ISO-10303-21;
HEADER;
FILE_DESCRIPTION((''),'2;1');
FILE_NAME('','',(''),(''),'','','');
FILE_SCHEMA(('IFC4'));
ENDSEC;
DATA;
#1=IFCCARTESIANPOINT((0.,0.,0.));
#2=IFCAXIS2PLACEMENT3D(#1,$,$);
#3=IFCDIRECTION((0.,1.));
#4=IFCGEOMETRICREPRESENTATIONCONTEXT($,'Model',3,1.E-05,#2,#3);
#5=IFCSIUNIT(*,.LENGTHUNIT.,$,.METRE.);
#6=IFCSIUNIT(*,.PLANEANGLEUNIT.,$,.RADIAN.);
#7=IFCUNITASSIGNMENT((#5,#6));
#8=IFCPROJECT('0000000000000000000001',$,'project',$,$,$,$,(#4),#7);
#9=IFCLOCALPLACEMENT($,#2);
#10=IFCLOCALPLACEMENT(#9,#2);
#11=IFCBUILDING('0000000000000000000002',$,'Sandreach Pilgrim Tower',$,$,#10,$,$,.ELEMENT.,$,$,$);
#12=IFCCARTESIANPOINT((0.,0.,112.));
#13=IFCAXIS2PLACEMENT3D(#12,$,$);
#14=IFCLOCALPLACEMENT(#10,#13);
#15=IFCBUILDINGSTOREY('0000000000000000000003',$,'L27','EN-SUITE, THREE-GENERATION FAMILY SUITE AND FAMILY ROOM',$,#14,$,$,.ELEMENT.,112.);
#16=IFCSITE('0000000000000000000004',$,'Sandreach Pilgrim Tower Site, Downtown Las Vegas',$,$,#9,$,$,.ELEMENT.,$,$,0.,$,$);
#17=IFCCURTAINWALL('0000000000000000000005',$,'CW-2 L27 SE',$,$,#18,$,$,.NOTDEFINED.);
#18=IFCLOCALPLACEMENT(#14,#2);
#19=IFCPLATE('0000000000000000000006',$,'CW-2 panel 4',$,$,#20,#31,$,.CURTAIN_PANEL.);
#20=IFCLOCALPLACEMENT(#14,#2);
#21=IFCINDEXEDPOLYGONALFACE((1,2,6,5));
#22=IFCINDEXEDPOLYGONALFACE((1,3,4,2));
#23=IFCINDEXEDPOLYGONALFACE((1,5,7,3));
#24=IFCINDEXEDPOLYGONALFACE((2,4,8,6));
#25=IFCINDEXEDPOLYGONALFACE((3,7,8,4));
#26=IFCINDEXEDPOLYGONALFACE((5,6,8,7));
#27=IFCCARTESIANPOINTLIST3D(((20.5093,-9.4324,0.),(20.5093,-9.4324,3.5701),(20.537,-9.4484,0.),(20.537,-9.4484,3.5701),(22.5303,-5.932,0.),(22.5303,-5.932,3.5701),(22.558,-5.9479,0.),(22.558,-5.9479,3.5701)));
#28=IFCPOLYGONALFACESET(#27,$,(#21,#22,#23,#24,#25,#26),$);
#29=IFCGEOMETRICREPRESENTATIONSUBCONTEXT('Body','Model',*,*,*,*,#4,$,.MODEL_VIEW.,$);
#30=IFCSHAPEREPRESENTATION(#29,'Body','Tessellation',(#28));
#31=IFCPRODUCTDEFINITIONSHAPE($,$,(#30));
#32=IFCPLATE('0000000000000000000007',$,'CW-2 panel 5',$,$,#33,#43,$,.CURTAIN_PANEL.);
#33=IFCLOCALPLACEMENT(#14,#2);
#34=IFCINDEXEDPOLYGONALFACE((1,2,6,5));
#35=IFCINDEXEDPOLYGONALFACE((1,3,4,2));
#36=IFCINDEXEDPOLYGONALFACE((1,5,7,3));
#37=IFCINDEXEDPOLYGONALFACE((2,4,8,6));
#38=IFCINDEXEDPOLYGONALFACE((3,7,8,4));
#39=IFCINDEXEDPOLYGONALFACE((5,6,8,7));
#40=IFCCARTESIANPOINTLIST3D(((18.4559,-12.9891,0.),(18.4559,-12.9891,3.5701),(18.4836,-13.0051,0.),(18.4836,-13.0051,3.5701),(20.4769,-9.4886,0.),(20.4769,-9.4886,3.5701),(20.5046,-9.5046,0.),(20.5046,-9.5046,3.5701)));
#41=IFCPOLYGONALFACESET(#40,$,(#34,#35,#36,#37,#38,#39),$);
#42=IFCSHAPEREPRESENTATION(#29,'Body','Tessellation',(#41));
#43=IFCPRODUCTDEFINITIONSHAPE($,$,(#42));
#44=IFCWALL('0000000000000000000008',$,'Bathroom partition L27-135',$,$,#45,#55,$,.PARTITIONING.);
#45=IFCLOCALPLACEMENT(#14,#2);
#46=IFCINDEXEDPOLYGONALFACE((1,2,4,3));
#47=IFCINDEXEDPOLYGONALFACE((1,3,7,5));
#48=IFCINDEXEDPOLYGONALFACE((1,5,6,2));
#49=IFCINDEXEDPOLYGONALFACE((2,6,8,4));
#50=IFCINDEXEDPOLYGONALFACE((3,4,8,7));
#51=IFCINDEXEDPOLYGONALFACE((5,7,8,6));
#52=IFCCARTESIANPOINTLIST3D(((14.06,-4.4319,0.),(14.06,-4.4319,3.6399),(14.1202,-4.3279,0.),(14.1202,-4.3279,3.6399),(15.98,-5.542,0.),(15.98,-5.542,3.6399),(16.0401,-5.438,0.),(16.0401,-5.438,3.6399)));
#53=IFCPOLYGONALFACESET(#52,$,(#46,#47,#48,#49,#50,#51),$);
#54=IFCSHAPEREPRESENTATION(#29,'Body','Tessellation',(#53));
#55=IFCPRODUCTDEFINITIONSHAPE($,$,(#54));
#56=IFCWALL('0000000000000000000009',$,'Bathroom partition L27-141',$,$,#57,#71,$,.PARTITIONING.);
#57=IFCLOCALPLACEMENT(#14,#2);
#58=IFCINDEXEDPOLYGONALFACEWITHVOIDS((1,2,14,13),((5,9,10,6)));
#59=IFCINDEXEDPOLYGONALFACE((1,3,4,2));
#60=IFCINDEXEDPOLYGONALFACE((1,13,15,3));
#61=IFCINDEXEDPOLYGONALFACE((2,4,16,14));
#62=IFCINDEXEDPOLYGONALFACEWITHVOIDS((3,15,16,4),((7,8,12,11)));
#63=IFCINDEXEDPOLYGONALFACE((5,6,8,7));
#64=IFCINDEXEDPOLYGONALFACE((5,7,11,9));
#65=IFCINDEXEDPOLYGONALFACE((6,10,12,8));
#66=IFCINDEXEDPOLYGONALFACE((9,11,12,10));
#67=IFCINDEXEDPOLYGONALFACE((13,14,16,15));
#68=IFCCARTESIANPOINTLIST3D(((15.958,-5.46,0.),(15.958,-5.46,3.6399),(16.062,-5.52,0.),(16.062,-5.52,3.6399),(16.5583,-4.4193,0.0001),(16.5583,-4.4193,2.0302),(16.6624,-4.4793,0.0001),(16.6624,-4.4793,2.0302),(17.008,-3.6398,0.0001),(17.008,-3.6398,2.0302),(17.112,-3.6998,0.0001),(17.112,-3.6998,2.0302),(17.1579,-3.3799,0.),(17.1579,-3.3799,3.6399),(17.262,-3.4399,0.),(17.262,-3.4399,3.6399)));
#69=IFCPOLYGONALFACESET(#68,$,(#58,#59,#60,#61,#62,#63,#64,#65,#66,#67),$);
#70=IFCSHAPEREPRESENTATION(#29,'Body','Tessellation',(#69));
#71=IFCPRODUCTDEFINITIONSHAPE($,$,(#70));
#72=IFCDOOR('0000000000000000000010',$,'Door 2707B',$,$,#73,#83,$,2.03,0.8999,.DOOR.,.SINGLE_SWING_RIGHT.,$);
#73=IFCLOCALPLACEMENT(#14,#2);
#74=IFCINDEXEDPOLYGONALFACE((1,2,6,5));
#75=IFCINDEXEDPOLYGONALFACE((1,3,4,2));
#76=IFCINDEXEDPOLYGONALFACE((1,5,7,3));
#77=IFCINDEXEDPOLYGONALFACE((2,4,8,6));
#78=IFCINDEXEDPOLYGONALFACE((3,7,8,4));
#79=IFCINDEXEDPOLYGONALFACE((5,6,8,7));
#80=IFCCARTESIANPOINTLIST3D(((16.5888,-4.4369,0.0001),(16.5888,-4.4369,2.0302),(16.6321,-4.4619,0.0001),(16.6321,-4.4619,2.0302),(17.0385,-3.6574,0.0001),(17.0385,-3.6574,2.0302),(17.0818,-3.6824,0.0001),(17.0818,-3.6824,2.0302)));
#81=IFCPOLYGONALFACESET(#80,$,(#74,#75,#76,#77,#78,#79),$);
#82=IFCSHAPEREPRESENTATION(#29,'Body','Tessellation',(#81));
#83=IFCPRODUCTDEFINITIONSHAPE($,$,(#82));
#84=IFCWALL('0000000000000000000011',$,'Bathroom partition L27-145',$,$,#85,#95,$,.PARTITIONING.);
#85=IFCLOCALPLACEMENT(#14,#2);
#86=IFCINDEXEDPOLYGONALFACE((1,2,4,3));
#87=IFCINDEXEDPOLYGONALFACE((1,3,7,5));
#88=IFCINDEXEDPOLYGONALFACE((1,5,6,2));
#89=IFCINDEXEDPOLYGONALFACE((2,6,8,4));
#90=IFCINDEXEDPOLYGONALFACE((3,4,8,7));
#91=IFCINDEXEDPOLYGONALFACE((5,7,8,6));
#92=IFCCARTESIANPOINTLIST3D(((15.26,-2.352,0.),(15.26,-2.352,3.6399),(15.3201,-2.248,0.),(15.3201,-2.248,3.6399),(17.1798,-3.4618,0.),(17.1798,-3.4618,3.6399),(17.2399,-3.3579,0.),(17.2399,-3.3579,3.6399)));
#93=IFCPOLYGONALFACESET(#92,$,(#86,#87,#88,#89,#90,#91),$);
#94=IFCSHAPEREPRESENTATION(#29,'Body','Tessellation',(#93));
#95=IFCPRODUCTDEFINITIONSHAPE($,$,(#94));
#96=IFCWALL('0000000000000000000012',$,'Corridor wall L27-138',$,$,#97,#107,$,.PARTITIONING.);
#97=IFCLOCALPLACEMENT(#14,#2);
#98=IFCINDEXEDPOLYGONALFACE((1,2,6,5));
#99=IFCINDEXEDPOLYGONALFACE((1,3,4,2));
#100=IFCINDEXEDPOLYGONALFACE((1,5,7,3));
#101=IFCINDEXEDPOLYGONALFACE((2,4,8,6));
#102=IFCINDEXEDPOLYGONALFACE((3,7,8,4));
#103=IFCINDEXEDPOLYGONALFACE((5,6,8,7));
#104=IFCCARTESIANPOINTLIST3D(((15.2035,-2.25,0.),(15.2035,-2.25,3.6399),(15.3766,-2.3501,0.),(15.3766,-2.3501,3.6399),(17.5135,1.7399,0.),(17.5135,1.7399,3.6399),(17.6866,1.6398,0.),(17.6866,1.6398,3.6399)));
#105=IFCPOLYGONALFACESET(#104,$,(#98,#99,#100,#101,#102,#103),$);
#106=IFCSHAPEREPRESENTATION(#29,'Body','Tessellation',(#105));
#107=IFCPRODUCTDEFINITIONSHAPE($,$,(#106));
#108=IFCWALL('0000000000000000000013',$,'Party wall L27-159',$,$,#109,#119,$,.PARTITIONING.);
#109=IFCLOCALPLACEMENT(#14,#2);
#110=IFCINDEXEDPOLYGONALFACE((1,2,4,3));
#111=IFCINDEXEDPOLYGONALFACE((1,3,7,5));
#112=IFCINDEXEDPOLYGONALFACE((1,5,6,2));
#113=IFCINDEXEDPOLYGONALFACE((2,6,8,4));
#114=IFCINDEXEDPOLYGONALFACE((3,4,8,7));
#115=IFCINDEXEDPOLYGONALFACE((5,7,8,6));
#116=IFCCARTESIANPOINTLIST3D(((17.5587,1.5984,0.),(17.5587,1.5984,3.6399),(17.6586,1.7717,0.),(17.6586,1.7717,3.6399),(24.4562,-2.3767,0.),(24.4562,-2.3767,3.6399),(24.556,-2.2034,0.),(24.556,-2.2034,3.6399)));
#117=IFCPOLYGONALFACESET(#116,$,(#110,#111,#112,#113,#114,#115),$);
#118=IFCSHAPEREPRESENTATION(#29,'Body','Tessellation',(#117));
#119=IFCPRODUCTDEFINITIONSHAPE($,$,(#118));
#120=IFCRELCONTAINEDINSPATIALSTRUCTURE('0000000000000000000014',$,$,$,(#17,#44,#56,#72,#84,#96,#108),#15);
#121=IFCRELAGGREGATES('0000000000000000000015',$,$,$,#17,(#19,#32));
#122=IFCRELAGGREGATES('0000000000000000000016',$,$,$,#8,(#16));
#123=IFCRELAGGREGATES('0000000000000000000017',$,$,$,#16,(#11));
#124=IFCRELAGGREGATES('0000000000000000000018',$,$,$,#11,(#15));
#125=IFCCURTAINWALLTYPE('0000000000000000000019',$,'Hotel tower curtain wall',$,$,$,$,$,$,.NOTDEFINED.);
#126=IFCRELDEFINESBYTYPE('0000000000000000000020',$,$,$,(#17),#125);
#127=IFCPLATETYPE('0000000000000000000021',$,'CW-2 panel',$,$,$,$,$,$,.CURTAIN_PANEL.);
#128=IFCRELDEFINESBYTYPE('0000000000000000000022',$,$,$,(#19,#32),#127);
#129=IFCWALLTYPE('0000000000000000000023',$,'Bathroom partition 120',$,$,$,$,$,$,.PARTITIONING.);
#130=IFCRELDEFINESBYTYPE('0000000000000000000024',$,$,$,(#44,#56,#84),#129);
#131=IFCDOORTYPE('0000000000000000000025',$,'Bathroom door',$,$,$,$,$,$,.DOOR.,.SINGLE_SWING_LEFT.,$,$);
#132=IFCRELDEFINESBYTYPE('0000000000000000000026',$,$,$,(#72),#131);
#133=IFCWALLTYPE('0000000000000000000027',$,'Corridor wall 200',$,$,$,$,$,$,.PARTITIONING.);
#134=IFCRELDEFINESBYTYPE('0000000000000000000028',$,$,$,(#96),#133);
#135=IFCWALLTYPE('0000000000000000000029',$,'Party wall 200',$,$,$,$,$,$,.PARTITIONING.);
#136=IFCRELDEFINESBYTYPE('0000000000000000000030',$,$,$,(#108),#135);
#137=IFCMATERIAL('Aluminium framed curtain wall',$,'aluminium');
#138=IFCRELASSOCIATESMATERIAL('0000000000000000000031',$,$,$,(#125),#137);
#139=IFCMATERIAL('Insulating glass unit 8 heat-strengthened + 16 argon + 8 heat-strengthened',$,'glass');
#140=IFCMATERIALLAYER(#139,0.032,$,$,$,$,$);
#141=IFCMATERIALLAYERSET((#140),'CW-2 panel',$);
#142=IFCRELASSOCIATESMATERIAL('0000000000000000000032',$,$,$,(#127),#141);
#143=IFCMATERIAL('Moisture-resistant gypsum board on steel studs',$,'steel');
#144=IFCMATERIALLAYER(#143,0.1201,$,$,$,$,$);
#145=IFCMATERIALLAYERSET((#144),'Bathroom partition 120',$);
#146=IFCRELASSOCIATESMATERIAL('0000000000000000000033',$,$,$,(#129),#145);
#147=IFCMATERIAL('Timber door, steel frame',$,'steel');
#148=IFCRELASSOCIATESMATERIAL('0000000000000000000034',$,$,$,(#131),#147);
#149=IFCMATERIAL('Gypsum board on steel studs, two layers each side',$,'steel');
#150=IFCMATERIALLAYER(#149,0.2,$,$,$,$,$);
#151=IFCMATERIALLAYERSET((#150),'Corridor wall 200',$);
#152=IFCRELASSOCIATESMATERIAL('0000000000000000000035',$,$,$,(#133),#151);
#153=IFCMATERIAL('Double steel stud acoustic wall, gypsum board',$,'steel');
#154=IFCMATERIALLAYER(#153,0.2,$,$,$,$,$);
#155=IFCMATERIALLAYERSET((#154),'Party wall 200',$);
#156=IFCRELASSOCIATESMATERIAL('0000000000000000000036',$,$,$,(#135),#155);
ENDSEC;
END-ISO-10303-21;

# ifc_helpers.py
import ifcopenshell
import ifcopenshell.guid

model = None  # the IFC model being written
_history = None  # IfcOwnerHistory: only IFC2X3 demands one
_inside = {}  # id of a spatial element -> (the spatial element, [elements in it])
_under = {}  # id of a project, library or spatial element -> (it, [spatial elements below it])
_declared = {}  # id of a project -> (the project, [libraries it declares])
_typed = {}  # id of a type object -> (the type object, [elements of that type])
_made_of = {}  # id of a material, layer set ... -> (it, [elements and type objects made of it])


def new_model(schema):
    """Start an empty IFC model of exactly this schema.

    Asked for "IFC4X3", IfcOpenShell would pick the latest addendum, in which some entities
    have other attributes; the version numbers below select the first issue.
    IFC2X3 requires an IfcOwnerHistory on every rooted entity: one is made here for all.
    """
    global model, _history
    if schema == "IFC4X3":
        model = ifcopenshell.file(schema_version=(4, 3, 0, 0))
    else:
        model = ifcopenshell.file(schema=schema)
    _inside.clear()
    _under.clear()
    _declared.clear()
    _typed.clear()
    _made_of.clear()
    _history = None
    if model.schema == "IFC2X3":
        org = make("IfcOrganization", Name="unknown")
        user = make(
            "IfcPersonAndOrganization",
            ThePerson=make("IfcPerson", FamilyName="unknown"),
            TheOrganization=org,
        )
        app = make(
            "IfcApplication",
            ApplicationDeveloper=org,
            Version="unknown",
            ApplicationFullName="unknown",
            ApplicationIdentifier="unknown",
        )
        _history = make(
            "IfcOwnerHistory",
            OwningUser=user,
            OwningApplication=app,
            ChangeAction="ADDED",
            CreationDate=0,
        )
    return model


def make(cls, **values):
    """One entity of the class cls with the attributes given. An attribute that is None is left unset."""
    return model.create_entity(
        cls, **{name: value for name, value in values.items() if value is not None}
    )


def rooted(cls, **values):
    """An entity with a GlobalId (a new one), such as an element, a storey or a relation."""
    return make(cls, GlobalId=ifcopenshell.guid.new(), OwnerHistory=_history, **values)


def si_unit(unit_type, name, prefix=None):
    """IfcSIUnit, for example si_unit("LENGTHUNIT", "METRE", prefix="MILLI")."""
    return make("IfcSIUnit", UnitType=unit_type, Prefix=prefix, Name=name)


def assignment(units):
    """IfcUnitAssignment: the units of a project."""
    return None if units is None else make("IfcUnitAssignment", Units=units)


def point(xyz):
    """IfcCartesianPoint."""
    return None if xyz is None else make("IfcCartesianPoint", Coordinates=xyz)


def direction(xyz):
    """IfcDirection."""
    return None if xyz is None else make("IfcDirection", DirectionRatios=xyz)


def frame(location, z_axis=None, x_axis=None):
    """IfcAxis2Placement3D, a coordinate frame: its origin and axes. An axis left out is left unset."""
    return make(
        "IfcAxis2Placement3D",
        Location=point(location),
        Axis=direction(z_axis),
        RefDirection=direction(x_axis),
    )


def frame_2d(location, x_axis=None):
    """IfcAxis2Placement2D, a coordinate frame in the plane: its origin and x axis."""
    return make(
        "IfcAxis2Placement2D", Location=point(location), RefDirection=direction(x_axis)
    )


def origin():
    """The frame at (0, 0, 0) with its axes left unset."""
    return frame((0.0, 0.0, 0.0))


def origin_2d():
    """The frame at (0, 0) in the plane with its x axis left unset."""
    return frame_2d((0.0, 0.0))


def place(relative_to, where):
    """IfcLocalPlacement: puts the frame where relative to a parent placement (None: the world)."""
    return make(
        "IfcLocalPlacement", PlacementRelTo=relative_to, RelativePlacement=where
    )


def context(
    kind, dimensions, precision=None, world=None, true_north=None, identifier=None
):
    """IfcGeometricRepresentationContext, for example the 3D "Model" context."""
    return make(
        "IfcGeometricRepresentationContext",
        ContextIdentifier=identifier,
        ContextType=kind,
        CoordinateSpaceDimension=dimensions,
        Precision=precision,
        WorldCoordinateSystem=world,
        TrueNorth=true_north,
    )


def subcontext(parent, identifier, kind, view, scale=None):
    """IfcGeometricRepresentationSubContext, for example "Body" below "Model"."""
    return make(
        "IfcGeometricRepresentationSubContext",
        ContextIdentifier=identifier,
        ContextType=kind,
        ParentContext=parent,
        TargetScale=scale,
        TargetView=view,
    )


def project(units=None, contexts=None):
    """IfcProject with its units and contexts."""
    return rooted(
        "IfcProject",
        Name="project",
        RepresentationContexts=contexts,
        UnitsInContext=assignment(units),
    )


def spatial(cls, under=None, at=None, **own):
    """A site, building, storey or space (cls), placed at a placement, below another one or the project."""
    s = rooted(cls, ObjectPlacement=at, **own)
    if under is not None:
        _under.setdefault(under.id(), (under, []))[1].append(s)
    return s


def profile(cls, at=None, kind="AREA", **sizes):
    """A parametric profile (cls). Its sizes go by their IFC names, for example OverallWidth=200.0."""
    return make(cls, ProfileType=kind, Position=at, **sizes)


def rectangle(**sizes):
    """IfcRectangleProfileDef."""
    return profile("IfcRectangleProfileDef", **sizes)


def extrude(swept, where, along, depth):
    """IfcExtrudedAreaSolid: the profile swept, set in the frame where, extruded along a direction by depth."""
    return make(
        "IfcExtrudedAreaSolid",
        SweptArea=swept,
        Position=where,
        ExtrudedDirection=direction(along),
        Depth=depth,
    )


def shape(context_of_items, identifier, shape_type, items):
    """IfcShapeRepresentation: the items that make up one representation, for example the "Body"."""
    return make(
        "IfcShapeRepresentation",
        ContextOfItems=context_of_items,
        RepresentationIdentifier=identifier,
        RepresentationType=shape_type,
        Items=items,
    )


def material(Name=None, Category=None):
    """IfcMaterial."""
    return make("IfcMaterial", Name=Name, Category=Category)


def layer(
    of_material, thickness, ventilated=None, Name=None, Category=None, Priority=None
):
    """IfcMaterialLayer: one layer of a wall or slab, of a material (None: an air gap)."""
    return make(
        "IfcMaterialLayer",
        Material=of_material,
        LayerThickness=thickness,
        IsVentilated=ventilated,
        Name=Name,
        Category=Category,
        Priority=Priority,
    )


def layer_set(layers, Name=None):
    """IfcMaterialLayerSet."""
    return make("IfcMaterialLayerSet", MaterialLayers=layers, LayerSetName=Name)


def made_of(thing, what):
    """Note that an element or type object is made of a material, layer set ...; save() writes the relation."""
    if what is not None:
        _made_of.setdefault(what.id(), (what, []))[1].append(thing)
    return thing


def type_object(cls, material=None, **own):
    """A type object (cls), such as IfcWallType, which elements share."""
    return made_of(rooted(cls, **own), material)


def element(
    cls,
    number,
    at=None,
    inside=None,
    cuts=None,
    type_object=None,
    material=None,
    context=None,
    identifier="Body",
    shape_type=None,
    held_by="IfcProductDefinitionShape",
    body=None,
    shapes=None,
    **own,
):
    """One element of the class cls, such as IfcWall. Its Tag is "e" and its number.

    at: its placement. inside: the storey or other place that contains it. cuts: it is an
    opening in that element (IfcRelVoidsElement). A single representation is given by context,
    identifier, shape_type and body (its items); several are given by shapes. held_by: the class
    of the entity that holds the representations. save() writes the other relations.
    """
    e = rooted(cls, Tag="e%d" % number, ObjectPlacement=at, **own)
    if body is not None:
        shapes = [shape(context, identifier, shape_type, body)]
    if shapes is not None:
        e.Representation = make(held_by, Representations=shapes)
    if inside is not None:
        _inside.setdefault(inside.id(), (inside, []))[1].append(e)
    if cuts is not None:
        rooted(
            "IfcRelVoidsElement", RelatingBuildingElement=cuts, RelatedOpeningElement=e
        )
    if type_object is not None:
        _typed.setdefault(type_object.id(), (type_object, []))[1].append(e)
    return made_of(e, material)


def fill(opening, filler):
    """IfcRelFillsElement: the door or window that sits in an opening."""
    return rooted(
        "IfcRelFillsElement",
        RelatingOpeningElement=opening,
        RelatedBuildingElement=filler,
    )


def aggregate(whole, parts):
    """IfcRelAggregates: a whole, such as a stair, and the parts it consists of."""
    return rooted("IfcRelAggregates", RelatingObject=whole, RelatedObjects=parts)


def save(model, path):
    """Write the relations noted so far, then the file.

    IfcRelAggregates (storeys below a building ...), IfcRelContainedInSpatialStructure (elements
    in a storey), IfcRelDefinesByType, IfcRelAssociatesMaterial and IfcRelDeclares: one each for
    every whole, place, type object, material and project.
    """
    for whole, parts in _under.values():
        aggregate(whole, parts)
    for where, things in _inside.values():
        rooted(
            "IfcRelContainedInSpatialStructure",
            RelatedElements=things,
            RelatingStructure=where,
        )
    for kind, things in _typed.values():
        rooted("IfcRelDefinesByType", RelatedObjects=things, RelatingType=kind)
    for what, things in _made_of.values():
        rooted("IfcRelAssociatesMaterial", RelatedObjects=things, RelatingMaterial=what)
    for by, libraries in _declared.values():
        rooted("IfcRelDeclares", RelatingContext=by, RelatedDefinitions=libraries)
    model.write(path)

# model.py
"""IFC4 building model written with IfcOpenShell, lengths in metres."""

from ifc_helpers import new_model, si_unit, direction, frame, frame_2d, origin, origin_2d, place, context, subcontext, project, spatial, rectangle, extrude, material, layer, layer_set, type_object, element, fill, aggregate, save


model = new_model("IFC4")

# Units and contexts
model_context = context("Model", 3, precision=1e-05, world=origin(), true_north=direction((0.0, 1.0)))
body_context = subcontext(model_context, "Body", "Model", "MODEL_VIEW")
ifc_project = project(units=[si_unit("LENGTHUNIT", "METRE"), si_unit("PLANEANGLEUNIT", "RADIAN")], contexts=[model_context])

# Site, building, storey
site_placement = place(None, origin())
site = spatial("IfcSite", under=ifc_project, at=site_placement, Name="Sandreach Pilgrim Tower Site, Downtown Las Vegas", CompositionType="ELEMENT", RefElevation=0.0)
building_placement = place(site_placement, origin())
building = spatial("IfcBuilding", under=site, at=building_placement, Name="Sandreach Pilgrim Tower", CompositionType="ELEMENT")
storey_placement = place(building_placement, frame((0.0, 0.0, 112.0)))
storey = spatial("IfcBuildingStorey", under=building, at=storey_placement, Name="L27", Description="EN-SUITE, THREE-GENERATION FAMILY SUITE AND FAMILY ROOM", CompositionType="ELEMENT", Elevation=112.0)

# Curtain wall
ifc_material_1 = material(Name="Aluminium framed curtain wall", Category="aluminium")
curtain_wall_type = type_object("IfcCurtainWallType", Name="Hotel tower curtain wall", PredefinedType="NOTDEFINED", material=ifc_material_1)
curtain_wall_placement = place(storey_placement, origin())
curtain_wall = element("IfcCurtainWall", 1, at=curtain_wall_placement, inside=storey, type_object=curtain_wall_type, Name="CW-2 L27 SE", PredefinedType="NOTDEFINED")

# Plates
ifc_material_2 = material(Name="Insulating glass unit 8 heat-strengthened + 16 argon + 8 heat-strengthened", Category="glass")
ifc_layer_1 = layer(ifc_material_2, 0.032)
ifc_layer_set_1 = layer_set([ifc_layer_1], Name="CW-2 panel")
plate_type = type_object("IfcPlateType", Name="CW-2 panel", PredefinedType="CURTAIN_PANEL", material=ifc_layer_set_1)
plate_1_placement = place(storey_placement, frame((21.5337, -7.6902, 0.0), z_axis=(0.0, 0.0, 1.0), x_axis=(-0.5, -0.866025, 0.0)))
plate_1 = element("IfcPlate", 2, at=plate_1_placement, type_object=plate_type, Name="CW-2 panel 4", PredefinedType="CURTAIN_PANEL", context=body_context, shape_type="SweptSolid", body=[
    extrude(rectangle(XDim=4.042, YDim=0.032, at=origin_2d()), origin(), (0.0, 0.0, 1.0), 3.5701),
])
plate_2_placement = place(storey_placement, frame((19.4802, -11.2468, 0.0), z_axis=(0.0, 0.0, 1.0), x_axis=(-0.5, -0.866025, 0.0)))
plate_2 = element("IfcPlate", 3, at=plate_2_placement, type_object=plate_type, Name="CW-2 panel 5", PredefinedType="CURTAIN_PANEL", context=body_context, shape_type="SweptSolid", body=[
    extrude(rectangle(XDim=4.042, YDim=0.032, at=origin_2d()), origin(), (0.0, 0.0, 1.0), 3.5701),
])
aggregate(curtain_wall, [plate_1, plate_2])

# Wall
ifc_material_3 = material(Name="Moisture-resistant gypsum board on steel studs", Category="steel")
ifc_layer_2 = layer(ifc_material_3, 0.1201)
ifc_layer_set_2 = layer_set([ifc_layer_2], Name="Bathroom partition 120")
wall_type_1 = type_object("IfcWallType", Name="Bathroom partition 120", PredefinedType="PARTITIONING", material=ifc_layer_set_2)
wall_1_placement = place(storey_placement, frame((14.0901, -4.3799, 0.0), z_axis=(0.0, 0.0, 1.0), x_axis=(0.865705, -0.500555, 0.0)))
element("IfcWall", 4, at=wall_1_placement, inside=storey, type_object=wall_type_1, Name="Bathroom partition L27-135", PredefinedType="PARTITIONING", context=body_context, shape_type="SweptSolid", body=[
    extrude(rectangle(XDim=2.2178, YDim=0.1201, at=frame_2d((1.1089, 0.0))), origin(), (0.0, 0.0, 1.0), 3.6399),
])

# Wall, opening, door
wall_2_placement = place(storey_placement, frame((16.01, -5.49, 0.0), z_axis=(0.0, 0.0, 1.0), x_axis=(0.499693, 0.866203, 0.0)))
wall_2 = element("IfcWall", 5, at=wall_2_placement, inside=storey, type_object=wall_type_1, Name="Bathroom partition L27-141", PredefinedType="PARTITIONING", context=body_context, shape_type="SweptSolid", body=[
    extrude(rectangle(XDim=2.4014, YDim=0.1201, at=frame_2d((1.2007, 0.0))), origin(), (0.0, 0.0, 1.0), 3.6399),
])
opening_1_placement = place(wall_2_placement, frame((1.2014, 0.0, 0.0)))
opening_1 = element("IfcOpeningElement", 6, at=opening_1_placement, cuts=wall_2, PredefinedType="OPENING", context=body_context, shape_type="SweptSolid", body=[
    extrude(rectangle(XDim=0.8999, YDim=2.03, at=frame_2d((0.45, 1.0151))), frame((0.0, 0.0601, 0.0), z_axis=(0.0, -1.0, 0.0), x_axis=(1.0, 0.0, 0.0)), (0.0, 0.0, 1.0), 0.1201),
])
ifc_material_4 = material(Name="Timber door, steel frame", Category="steel")
door_type_1 = type_object("IfcDoorType", Name="Bathroom door", OperationType="SINGLE_SWING_LEFT", PredefinedType="DOOR", material=ifc_material_4)
door_1_placement = place(opening_1_placement, origin())
door_1 = element("IfcDoor", 7, at=door_1_placement, inside=storey, type_object=door_type_1, Name="Door 2707B", OperationType="SINGLE_SWING_RIGHT", OverallHeight=2.03, OverallWidth=0.8999, PredefinedType="DOOR", context=body_context, shape_type="SweptSolid", body=[
    extrude(rectangle(XDim=0.8999, YDim=2.03, at=frame_2d((0.45, 1.0151))), frame((0.0, 0.0249, 0.0), z_axis=(0.0, -1.0, 0.0), x_axis=(1.0, 0.0, 0.0)), (0.0, 0.0, 1.0), 0.05),
])
fill(opening_1, door_1)

# Walls
wall_3_placement = place(storey_placement, frame((17.21, -3.4099, 0.0), z_axis=(0.0, 0.0, 1.0), x_axis=(-0.865753, 0.500472, 0.0)))
element("IfcWall", 8, at=wall_3_placement, inside=storey, type_object=wall_type_1, Name="Bathroom partition L27-145", PredefinedType="PARTITIONING", context=body_context, shape_type="SweptSolid", body=[
    extrude(rectangle(XDim=2.2175, YDim=0.1201, at=frame_2d((1.1089, 0.0))), origin(), (0.0, 0.0, 1.0), 3.6399),
])
ifc_material_5 = material(Name="Gypsum board on steel studs, two layers each side", Category="steel")
ifc_layer_3 = layer(ifc_material_5, 0.2)
ifc_layer_set_3 = layer_set([ifc_layer_3], Name="Corridor wall 200")
wall_type_2 = type_object("IfcWallType", Name="Corridor wall 200", PredefinedType="PARTITIONING", material=ifc_layer_set_3)
wall_4_placement = place(storey_placement, frame((15.29, -2.3, 0.0), z_axis=(0.0, 0.0, 1.0), x_axis=(0.501047, 0.86542, 0.0)))
element("IfcWall", 9, at=wall_4_placement, inside=storey, type_object=wall_type_2, Name="Corridor wall L27-138", PredefinedType="PARTITIONING", context=body_context, shape_type="SweptSolid", body=[
    extrude(rectangle(XDim=4.6104, YDim=0.2, at=frame_2d((2.3052, 0.0))), origin(), (0.0, 0.0, 1.0), 3.6399),
])

# Wall
ifc_material_6 = material(Name="Double steel stud acoustic wall, gypsum board", Category="steel")
ifc_layer_4 = layer(ifc_material_6, 0.2)
ifc_layer_set_4 = layer_set([ifc_layer_4], Name="Party wall 200")
wall_type_3 = type_object("IfcWallType", Name="Party wall 200", PredefinedType="PARTITIONING", material=ifc_layer_set_4)
wall_5_placement = place(storey_placement, frame((24.5061, -2.29, 0.0), z_axis=(0.0, 0.0, 1.0), x_axis=(-0.866414, 0.499326, 0.0)))
element("IfcWall", 10, at=wall_5_placement, inside=storey, type_object=wall_type_3, Name="Party wall L27-159", PredefinedType="PARTITIONING", context=body_context, shape_type="SweptSolid", body=[
    extrude(rectangle(XDim=7.9609, YDim=0.2, at=frame_2d((3.9805, 0.0))), origin(), (0.0, 0.0, 1.0), 3.6399),
])

save(model, "model.ifc")
